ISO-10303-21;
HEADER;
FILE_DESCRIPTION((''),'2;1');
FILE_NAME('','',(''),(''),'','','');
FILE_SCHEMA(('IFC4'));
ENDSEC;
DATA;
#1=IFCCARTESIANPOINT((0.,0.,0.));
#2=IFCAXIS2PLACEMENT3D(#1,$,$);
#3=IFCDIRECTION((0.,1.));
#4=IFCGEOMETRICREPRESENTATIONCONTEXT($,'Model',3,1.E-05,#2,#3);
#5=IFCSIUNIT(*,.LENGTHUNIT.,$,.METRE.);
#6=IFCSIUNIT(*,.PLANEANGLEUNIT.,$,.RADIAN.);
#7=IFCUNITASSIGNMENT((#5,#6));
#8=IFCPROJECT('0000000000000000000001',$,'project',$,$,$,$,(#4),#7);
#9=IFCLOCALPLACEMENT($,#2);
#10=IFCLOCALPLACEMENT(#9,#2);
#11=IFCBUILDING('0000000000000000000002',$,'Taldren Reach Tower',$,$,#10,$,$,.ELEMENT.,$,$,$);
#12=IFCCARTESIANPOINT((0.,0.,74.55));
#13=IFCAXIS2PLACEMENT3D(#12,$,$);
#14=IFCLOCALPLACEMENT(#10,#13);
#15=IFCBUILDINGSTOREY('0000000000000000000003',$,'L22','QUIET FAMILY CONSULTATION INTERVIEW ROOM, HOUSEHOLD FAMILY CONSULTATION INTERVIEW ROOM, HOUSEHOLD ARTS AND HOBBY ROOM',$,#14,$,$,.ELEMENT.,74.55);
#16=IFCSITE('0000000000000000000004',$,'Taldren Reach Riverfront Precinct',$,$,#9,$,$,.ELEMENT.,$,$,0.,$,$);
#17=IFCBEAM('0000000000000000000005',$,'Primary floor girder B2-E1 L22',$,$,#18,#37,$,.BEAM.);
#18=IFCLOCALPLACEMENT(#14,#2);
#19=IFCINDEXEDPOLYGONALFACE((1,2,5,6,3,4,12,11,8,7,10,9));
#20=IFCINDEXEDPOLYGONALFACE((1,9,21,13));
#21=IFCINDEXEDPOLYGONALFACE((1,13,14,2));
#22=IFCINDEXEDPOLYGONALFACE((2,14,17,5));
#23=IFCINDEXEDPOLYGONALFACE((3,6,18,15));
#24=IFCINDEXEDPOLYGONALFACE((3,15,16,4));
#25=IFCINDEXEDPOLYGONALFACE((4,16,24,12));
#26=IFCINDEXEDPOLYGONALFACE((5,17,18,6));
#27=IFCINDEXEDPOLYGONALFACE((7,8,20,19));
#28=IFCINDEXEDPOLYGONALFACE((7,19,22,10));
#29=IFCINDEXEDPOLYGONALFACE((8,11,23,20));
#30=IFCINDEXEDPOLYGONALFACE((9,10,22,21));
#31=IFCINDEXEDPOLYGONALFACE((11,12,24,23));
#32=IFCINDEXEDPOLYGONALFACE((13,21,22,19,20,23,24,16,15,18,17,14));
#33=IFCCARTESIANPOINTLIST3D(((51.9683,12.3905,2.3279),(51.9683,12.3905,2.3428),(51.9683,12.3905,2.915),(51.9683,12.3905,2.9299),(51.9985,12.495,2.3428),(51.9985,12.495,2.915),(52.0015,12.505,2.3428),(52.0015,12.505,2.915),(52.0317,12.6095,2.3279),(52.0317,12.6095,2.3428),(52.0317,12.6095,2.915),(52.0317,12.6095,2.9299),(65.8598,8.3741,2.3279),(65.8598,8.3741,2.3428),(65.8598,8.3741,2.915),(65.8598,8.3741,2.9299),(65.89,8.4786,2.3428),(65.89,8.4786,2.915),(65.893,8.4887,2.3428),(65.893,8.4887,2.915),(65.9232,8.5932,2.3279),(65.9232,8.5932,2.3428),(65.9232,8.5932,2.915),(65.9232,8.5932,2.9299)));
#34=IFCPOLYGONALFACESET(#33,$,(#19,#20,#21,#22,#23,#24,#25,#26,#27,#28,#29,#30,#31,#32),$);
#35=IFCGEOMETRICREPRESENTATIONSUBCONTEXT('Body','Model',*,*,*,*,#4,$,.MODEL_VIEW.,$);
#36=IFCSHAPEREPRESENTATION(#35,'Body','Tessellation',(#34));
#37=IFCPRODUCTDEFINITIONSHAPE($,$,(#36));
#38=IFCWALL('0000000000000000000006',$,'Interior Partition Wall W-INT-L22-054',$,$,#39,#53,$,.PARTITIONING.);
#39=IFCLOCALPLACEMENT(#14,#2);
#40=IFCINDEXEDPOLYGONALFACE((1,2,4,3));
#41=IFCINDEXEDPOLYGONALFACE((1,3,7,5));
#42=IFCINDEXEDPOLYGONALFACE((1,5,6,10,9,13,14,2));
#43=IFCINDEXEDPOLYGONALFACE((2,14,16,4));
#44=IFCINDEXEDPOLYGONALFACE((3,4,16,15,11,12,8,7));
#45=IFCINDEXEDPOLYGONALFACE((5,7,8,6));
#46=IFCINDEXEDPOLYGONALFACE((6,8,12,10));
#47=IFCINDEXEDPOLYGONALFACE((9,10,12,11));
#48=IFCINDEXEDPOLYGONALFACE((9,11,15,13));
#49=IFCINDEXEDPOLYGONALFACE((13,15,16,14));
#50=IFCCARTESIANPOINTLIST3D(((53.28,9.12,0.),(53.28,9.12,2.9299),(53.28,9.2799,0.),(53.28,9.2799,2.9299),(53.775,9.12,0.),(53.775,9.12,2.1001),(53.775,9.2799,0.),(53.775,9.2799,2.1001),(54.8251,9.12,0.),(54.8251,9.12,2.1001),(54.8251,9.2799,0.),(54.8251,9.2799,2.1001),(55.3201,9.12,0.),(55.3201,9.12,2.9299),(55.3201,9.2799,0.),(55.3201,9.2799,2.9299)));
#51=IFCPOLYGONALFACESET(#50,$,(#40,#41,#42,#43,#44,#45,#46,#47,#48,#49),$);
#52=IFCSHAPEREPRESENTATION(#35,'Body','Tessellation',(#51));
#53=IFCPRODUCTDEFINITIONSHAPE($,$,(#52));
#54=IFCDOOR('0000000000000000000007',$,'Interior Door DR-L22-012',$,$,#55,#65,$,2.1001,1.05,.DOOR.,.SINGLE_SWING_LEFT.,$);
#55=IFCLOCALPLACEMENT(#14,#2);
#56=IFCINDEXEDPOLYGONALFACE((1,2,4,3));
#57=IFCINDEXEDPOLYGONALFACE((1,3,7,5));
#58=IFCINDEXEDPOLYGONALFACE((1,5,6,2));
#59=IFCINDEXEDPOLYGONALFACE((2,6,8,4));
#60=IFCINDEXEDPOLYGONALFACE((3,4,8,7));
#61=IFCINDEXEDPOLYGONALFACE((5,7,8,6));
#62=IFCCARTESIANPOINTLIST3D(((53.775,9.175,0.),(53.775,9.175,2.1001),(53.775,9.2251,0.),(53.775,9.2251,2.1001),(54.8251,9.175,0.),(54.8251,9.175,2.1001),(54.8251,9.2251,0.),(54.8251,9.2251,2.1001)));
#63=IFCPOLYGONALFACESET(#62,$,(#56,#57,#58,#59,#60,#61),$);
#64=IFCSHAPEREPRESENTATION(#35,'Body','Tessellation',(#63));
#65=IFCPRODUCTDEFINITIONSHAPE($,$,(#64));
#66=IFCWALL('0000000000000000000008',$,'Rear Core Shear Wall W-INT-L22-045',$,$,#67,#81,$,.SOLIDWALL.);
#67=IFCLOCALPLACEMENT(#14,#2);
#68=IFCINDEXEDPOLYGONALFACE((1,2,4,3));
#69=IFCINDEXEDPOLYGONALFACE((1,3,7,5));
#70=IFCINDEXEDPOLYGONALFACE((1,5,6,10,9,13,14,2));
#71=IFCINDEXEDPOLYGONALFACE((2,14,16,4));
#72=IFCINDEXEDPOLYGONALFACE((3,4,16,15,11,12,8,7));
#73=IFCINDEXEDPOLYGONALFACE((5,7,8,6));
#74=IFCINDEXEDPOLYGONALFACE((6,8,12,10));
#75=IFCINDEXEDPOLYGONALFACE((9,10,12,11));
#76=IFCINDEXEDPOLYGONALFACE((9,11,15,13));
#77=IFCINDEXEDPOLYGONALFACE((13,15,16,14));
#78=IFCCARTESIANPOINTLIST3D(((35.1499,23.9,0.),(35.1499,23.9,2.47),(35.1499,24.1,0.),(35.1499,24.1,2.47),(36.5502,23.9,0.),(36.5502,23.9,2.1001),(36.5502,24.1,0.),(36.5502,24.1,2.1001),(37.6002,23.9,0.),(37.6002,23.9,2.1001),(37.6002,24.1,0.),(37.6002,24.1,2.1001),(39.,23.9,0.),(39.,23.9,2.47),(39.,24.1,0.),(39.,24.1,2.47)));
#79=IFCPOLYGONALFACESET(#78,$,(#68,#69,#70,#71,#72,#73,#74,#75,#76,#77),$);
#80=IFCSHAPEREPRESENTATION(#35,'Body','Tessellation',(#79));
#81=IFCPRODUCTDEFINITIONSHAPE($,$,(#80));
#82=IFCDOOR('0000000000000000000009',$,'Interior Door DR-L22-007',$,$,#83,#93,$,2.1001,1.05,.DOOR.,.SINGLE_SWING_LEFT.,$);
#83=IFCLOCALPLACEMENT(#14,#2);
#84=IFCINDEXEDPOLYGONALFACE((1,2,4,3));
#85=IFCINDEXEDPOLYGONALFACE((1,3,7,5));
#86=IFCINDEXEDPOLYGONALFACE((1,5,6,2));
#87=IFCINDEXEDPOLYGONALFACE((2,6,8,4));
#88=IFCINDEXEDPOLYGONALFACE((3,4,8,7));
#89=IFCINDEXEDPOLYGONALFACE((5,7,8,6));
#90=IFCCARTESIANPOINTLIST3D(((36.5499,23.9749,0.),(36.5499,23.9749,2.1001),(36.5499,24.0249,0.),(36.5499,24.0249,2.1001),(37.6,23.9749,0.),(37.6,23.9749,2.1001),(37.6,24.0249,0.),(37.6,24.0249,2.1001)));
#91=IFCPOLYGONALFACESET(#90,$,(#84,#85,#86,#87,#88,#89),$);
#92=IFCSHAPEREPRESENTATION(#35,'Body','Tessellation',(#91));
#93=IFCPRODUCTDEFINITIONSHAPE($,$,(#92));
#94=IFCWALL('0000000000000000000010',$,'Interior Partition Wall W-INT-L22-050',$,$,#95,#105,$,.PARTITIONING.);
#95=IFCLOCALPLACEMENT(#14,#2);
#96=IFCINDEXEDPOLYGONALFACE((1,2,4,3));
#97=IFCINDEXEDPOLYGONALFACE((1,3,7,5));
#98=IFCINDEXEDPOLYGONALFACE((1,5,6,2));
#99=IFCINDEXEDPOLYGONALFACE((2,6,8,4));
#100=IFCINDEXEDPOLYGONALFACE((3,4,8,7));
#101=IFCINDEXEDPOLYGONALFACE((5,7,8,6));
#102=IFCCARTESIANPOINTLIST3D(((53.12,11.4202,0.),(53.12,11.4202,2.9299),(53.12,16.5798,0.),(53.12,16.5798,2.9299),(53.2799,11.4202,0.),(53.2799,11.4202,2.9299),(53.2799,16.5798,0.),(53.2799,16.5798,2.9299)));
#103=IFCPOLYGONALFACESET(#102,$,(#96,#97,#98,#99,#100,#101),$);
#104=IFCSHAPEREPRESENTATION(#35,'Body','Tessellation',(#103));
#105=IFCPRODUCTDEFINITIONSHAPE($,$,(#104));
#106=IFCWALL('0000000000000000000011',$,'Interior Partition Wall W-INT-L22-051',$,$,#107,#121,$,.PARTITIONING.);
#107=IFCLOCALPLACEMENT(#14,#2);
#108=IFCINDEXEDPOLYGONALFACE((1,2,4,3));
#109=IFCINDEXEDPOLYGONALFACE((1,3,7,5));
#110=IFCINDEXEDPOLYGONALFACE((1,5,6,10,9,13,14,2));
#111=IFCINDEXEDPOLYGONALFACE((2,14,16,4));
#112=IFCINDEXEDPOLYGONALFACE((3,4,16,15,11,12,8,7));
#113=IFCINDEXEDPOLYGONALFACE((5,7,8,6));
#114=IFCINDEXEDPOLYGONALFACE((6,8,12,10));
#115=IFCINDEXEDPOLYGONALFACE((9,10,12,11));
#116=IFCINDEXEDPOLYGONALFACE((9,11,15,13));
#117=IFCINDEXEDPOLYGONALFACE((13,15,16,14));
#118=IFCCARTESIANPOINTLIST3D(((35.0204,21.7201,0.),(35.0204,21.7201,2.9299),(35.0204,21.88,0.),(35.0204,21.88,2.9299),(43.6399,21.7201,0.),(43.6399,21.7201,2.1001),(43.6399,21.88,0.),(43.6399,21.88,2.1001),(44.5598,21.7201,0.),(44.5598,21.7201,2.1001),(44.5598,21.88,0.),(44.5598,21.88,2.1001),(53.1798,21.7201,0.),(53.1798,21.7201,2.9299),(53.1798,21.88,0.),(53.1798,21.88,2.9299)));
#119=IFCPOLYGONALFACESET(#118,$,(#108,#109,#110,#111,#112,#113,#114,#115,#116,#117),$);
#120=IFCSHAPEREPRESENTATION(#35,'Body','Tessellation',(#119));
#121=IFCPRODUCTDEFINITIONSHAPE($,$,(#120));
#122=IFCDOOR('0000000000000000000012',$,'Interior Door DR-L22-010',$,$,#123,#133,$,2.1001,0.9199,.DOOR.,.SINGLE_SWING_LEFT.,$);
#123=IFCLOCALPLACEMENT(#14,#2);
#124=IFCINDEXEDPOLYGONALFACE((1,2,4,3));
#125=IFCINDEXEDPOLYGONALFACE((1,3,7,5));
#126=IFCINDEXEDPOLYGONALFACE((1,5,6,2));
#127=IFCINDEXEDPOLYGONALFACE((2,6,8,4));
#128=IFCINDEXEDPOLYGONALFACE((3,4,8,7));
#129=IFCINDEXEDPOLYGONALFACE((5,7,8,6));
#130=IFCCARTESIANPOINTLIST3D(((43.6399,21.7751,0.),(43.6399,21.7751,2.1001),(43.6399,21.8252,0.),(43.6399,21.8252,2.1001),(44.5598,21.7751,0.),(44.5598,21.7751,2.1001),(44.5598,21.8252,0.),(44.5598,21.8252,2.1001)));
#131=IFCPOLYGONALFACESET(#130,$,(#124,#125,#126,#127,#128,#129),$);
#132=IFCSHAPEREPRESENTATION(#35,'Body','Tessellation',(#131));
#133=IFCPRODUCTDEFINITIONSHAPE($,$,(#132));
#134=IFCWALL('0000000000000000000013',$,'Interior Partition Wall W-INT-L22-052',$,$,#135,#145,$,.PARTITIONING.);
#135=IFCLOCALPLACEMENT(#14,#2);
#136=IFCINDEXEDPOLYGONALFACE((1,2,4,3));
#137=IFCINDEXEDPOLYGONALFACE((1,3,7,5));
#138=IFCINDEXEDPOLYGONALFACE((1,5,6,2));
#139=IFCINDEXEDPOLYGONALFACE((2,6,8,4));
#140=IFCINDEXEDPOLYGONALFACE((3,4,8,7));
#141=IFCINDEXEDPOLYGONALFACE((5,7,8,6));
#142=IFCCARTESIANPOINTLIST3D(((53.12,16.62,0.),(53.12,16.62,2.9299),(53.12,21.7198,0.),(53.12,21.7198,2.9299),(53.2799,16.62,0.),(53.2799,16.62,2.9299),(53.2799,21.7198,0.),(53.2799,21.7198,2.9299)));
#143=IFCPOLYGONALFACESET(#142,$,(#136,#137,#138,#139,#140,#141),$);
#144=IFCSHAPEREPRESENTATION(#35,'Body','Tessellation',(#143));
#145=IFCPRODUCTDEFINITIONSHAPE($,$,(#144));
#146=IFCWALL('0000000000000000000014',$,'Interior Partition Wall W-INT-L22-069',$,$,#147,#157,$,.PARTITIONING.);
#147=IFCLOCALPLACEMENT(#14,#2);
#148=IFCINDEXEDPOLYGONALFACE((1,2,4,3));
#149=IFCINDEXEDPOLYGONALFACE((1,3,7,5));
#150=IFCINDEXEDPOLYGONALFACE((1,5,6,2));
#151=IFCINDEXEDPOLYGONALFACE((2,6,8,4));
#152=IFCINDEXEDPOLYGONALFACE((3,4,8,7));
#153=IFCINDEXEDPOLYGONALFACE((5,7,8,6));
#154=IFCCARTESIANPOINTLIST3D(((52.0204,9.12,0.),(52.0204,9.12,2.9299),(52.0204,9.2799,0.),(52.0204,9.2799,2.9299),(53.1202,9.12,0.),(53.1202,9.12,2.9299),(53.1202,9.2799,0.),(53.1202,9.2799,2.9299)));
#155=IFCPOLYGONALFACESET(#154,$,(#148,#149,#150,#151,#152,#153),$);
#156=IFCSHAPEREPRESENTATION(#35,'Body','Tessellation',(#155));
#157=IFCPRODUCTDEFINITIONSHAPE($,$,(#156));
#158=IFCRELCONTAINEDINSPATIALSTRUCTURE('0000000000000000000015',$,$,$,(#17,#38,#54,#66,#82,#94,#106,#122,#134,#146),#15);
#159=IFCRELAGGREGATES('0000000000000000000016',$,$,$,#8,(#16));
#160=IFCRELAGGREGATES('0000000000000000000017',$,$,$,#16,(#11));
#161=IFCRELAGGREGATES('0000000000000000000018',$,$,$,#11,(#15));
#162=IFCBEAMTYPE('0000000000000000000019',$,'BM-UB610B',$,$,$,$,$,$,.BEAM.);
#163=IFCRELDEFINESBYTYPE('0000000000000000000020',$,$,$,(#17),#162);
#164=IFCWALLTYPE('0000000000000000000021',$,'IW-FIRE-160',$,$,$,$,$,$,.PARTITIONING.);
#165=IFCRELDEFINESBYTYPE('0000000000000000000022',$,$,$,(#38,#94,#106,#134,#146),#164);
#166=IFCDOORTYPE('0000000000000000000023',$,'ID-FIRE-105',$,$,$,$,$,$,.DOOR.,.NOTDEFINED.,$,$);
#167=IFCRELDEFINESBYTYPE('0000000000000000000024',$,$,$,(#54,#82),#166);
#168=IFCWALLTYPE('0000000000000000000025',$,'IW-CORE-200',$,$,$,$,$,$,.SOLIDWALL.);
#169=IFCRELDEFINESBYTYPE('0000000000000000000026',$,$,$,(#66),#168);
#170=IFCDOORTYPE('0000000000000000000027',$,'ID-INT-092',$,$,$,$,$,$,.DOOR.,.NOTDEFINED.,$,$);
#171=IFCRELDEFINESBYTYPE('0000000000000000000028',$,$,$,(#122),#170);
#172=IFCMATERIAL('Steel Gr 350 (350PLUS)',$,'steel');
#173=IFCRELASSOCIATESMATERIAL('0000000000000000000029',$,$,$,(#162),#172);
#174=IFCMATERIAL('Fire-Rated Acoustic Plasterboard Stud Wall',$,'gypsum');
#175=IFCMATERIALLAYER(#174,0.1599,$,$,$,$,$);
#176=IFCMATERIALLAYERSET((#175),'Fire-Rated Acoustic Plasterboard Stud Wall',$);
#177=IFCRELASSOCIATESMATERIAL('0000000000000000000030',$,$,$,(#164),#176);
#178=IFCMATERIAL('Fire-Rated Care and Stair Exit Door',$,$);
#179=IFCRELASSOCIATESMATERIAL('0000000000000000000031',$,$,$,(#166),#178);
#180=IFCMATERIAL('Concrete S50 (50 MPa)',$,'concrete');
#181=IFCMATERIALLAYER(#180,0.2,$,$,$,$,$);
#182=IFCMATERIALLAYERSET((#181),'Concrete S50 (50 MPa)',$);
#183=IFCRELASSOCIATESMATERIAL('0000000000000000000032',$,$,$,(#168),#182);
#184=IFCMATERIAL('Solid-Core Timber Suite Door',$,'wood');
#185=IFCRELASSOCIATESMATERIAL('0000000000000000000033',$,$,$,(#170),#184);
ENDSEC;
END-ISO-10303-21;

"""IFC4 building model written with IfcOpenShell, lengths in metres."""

from ifc_helpers import new_model, si_unit, direction, frame, frame_2d, origin, origin_2d, place, context, subcontext, project, spatial, rectangle, i_section, extrude, source, transform, mapped, material, layer, layer_set, material_profile, profile_set, type_object, element, fill, save


model = new_model("IFC4")

# Units and contexts
model_context = context("Model", 3, precision=1e-05, world=origin(), true_north=direction((0.0, 1.0)))
body_context = subcontext(model_context, "Body", "Model", "MODEL_VIEW")
ifc_project = project(units=[si_unit("LENGTHUNIT", "METRE"), si_unit("PLANEANGLEUNIT", "RADIAN")], contexts=[model_context])

# Site, building, storey
site_placement = place(None, origin())
site = spatial("IfcSite", under=ifc_project, at=site_placement, Name="Taldren Reach Riverfront Precinct", CompositionType="ELEMENT", RefElevation=0.0)
building_placement = place(site_placement, origin())
building = spatial("IfcBuilding", under=site, at=building_placement, Name="Taldren Reach Tower", CompositionType="ELEMENT")
storey_placement = place(building_placement, frame((0.0, 0.0, 74.55)))
storey = spatial("IfcBuildingStorey", under=building, at=storey_placement, Name="L22", Description="QUIET FAMILY CONSULTATION INTERVIEW ROOM, HOUSEHOLD FAMILY CONSULTATION INTERVIEW ROOM, HOUSEHOLD ARTS AND HOBBY ROOM", CompositionType="ELEMENT", Elevation=74.55)

# Shared definitions
ifc_material_1 = material(Name="Steel Gr 350 (350PLUS)", Category="steel")

# Beam
ifc_material_profile_1 = material_profile(ifc_material_1, i_section(OverallWidth=0.228, OverallDepth=0.6021, WebThickness=0.0105, FlangeThickness=0.0149, at=origin_2d()), Name="610UB101")
ifc_profile_set_1 = profile_set([ifc_material_profile_1], Name="Steel Gr 350 (350PLUS)")
beam_type_1 = type_object("IfcBeamType", Name="BM-UB610B", PredefinedType="BEAM", material=ifc_profile_set_1)
shared_shape_1 = source(origin(), body_context, "Body", "SweptSolid", [
    extrude(i_section(OverallWidth=0.228, OverallDepth=0.6021, WebThickness=0.0105, FlangeThickness=0.0149, at=origin_2d()), origin(), (0.0, 0.0, 1.0), 14.4604),
])
beam_1_placement = place(storey_placement, frame((52.0, 12.5, 2.6289), z_axis=(0.960655, -0.277746, 0.0), x_axis=(0.277746, 0.960655, 0.0)))
element("IfcBeam", 1, at=beam_1_placement, inside=storey, type_object=beam_type_1, Name="Primary floor girder B2-E1 L22", PredefinedType="BEAM", context=body_context, shape_type="MappedRepresentation", body=[
    mapped(shared_shape_1, transform((0.0, 0.0, 0.0), scale=1.0)),
])

# Walls, openings, doors
ifc_material_2 = material(Name="Fire-Rated Acoustic Plasterboard Stud Wall", Category="gypsum")
ifc_layer_1 = layer(ifc_material_2, 0.1599)
ifc_layer_set_1 = layer_set([ifc_layer_1], Name="Fire-Rated Acoustic Plasterboard Stud Wall")
wall_type_1 = type_object("IfcWallType", Name="IW-FIRE-160", PredefinedType="PARTITIONING", material=ifc_layer_set_1)
shared_shape_2 = source(origin(), body_context, "Body", "SweptSolid", [
    extrude(rectangle(XDim=2.04, YDim=0.1599, at=frame_2d((1.02, 0.0))), origin(), (0.0, 0.0, 1.0), 2.9299),
])
wall_1_placement = place(storey_placement, frame((55.3201, 9.2, 0.0), z_axis=(0.0, 0.0, 1.0), x_axis=(-1.0, 0.0, 0.0)))
wall_1 = element("IfcWall", 2, at=wall_1_placement, inside=storey, type_object=wall_type_1, Name="Interior Partition Wall W-INT-L22-054", PredefinedType="PARTITIONING", context=body_context, shape_type="MappedRepresentation", body=[
    mapped(shared_shape_2, transform((0.0, 0.0, 0.0), scale=1.0)),
])
shared_shape_3 = source(origin(), body_context, "Body", "SweptSolid", [
    extrude(rectangle(XDim=1.05, YDim=2.1001, at=frame_2d((0.5249, 1.05))), frame((0.0, 0.0898, 0.0), z_axis=(0.0, -1.0, 0.0), x_axis=(1.0, 0.0, 0.0)), (0.0, 0.0, 1.0), 0.1799),
])
opening_1_placement = place(wall_1_placement, frame((0.4951, 0.0, 0.0)))
opening_1 = element("IfcOpeningElement", 3, at=opening_1_placement, cuts=wall_1, PredefinedType="OPENING", context=body_context, shape_type="MappedRepresentation", body=[
    mapped(shared_shape_3, transform((0.0, 0.0, 0.0), scale=1.0)),
])
ifc_material_3 = material(Name="Fire-Rated Care and Stair Exit Door")
door_type_1 = type_object("IfcDoorType", Name="ID-FIRE-105", OperationType="NOTDEFINED", PredefinedType="DOOR", material=ifc_material_3)
shared_shape_4 = source(origin(), body_context, "Body", "SweptSolid", [
    extrude(rectangle(XDim=1.05, YDim=2.1001, at=frame_2d((0.5249, 1.05))), frame((0.0, 0.0249, 0.0), z_axis=(0.0, -1.0, 0.0), x_axis=(1.0, 0.0, 0.0)), (0.0, 0.0, 1.0), 0.05),
])
door_1_placement = place(opening_1_placement, origin())
door_1 = element("IfcDoor", 4, at=door_1_placement, inside=storey, type_object=door_type_1, Name="Interior Door DR-L22-012", OperationType="SINGLE_SWING_LEFT", OverallHeight=2.1001, OverallWidth=1.05, PredefinedType="DOOR", context=body_context, shape_type="MappedRepresentation", body=[
    mapped(shared_shape_4, transform((0.0, 0.0, 0.0), scale=1.0)),
])
fill(opening_1, door_1)
ifc_material_4 = material(Name="Concrete S50 (50 MPa)", Category="concrete")
ifc_layer_2 = layer(ifc_material_4, 0.2)
ifc_layer_set_2 = layer_set([ifc_layer_2], Name="Concrete S50 (50 MPa)")
wall_type_2 = type_object("IfcWallType", Name="IW-CORE-200", PredefinedType="SOLIDWALL", material=ifc_layer_set_2)
shared_shape_5 = source(origin(), body_context, "Body", "SweptSolid", [
    extrude(rectangle(XDim=3.8501, YDim=0.2, at=frame_2d((1.925, 0.0))), origin(), (0.0, 0.0, 1.0), 2.47),
])
wall_2_placement = place(storey_placement, frame((39.0, 24.0, 0.0), z_axis=(0.0, 0.0, 1.0), x_axis=(-1.0, 0.0, 0.0)))
wall_2 = element("IfcWall", 5, at=wall_2_placement, inside=storey, type_object=wall_type_2, Name="Rear Core Shear Wall W-INT-L22-045", PredefinedType="SOLIDWALL", context=body_context, shape_type="MappedRepresentation", body=[
    mapped(shared_shape_5, transform((0.0, 0.0, 0.0), scale=1.0)),
])
shared_shape_6 = source(origin(), body_context, "Body", "SweptSolid", [
    extrude(rectangle(XDim=1.05, YDim=2.1001, at=frame_2d((0.5249, 1.05))), frame((0.0, 0.1099, 0.0), z_axis=(0.0, -1.0, 0.0), x_axis=(1.0, 0.0, 0.0)), (0.0, 0.0, 1.0), 0.22),
])
opening_2_placement = place(wall_2_placement, frame((1.3999, 0.0, 0.0)))
opening_2 = element("IfcOpeningElement", 6, at=opening_2_placement, cuts=wall_2, PredefinedType="OPENING", context=body_context, shape_type="MappedRepresentation", body=[
    mapped(shared_shape_6, transform((0.0, 0.0, 0.0), scale=1.0)),
])
door_2_placement = place(opening_2_placement, frame((1.05, 0.0, 0.0), z_axis=(0.0, 0.0, 1.0), x_axis=(-1.0, 0.0, 0.0)))
door_2 = element("IfcDoor", 7, at=door_2_placement, inside=storey, type_object=door_type_1, Name="Interior Door DR-L22-007", OperationType="SINGLE_SWING_LEFT", OverallHeight=2.1001, OverallWidth=1.05, PredefinedType="DOOR", context=body_context, shape_type="MappedRepresentation", body=[
    mapped(shared_shape_4, transform((0.0, 0.0, 0.0), scale=1.0)),
])
fill(opening_2, door_2)

# Wall
shared_shape_7 = source(origin(), body_context, "Body", "SweptSolid", [
    extrude(rectangle(XDim=5.1597, YDim=0.1599, at=frame_2d((2.5798, 0.0))), origin(), (0.0, 0.0, 1.0), 2.9299),
])
wall_3_placement = place(storey_placement, frame((53.2, 11.4202, 0.0), z_axis=(0.0, 0.0, 1.0), x_axis=(0.0, 1.0, 0.0)))
element("IfcWall", 8, at=wall_3_placement, inside=storey, type_object=wall_type_1, Name="Interior Partition Wall W-INT-L22-050", PredefinedType="PARTITIONING", context=body_context, shape_type="MappedRepresentation", body=[
    mapped(shared_shape_7, transform((0.0, 0.0, 0.0), scale=1.0)),
])

# Wall, opening, door
shared_shape_8 = source(origin(), body_context, "Body", "SweptSolid", [
    extrude(rectangle(XDim=18.1594, YDim=0.1599, at=frame_2d((9.0796, 0.0))), origin(), (0.0, 0.0, 1.0), 2.9299),
])
wall_4_placement = place(storey_placement, frame((53.1797, 21.8, 0.0), z_axis=(0.0, 0.0, 1.0), x_axis=(-1.0, 0.0, 0.0)))
wall_4 = element("IfcWall", 9, at=wall_4_placement, inside=storey, type_object=wall_type_1, Name="Interior Partition Wall W-INT-L22-051", PredefinedType="PARTITIONING", context=body_context, shape_type="MappedRepresentation", body=[
    mapped(shared_shape_8, transform((0.0, 0.0, 0.0), scale=1.0)),
])
shared_shape_9 = source(origin(), body_context, "Body", "SweptSolid", [
    extrude(rectangle(XDim=0.9199, YDim=2.1001, at=frame_2d((0.46, 1.05))), frame((0.0, 0.0898, 0.0), z_axis=(0.0, -1.0, 0.0), x_axis=(1.0, 0.0, 0.0)), (0.0, 0.0, 1.0), 0.1799),
])
opening_3_placement = place(wall_4_placement, frame((8.6199, 0.0, 0.0)))
opening_3 = element("IfcOpeningElement", 10, at=opening_3_placement, cuts=wall_4, PredefinedType="OPENING", context=body_context, shape_type="MappedRepresentation", body=[
    mapped(shared_shape_9, transform((0.0, 0.0, 0.0), scale=1.0)),
])
ifc_material_5 = material(Name="Solid-Core Timber Suite Door", Category="wood")
door_type_2 = type_object("IfcDoorType", Name="ID-INT-092", OperationType="NOTDEFINED", PredefinedType="DOOR", material=ifc_material_5)
shared_shape_10 = source(origin(), body_context, "Body", "SweptSolid", [
    extrude(rectangle(XDim=0.9199, YDim=2.1001, at=frame_2d((0.46, 1.05))), frame((0.0, 0.0249, 0.0), z_axis=(0.0, -1.0, 0.0), x_axis=(1.0, 0.0, 0.0)), (0.0, 0.0, 1.0), 0.05),
])
door_3_placement = place(opening_3_placement, origin())
door_3 = element("IfcDoor", 11, at=door_3_placement, inside=storey, type_object=door_type_2, Name="Interior Door DR-L22-010", OperationType="SINGLE_SWING_LEFT", OverallHeight=2.1001, OverallWidth=0.9199, PredefinedType="DOOR", context=body_context, shape_type="MappedRepresentation", body=[
    mapped(shared_shape_10, transform((0.0, 0.0, 0.0), scale=1.0)),
])
fill(opening_3, door_3)

# Walls
shared_shape_11 = source(origin(), body_context, "Body", "SweptSolid", [
    extrude(rectangle(XDim=5.0999, YDim=0.1599, at=frame_2d((2.5498, 0.0))), origin(), (0.0, 0.0, 1.0), 2.9299),
])
wall_5_placement = place(storey_placement, frame((53.2, 16.6201, 0.0), z_axis=(0.0, 0.0, 1.0), x_axis=(0.0, 1.0, 0.0)))
element("IfcWall", 12, at=wall_5_placement, inside=storey, type_object=wall_type_1, Name="Interior Partition Wall W-INT-L22-052", PredefinedType="PARTITIONING", context=body_context, shape_type="MappedRepresentation", body=[
    mapped(shared_shape_11, transform((0.0, 0.0, 0.0), scale=1.0)),
])
shared_shape_12 = source(origin(), body_context, "Body", "SweptSolid", [
    extrude(rectangle(XDim=1.0999, YDim=0.1599, at=frame_2d((0.5498, 0.0))), origin(), (0.0, 0.0, 1.0), 2.9299),
])
wall_6_placement = place(storey_placement, frame((53.1201, 9.2, 0.0), z_axis=(0.0, 0.0, 1.0), x_axis=(-1.0, 0.0, 0.0)))
element("IfcWall", 13, at=wall_6_placement, inside=storey, type_object=wall_type_1, Name="Interior Partition Wall W-INT-L22-069", PredefinedType="PARTITIONING", context=body_context, shape_type="MappedRepresentation", body=[
    mapped(shared_shape_12, transform((0.0, 0.0, 0.0), scale=1.0)),
])

save(model, "model.ifc")
